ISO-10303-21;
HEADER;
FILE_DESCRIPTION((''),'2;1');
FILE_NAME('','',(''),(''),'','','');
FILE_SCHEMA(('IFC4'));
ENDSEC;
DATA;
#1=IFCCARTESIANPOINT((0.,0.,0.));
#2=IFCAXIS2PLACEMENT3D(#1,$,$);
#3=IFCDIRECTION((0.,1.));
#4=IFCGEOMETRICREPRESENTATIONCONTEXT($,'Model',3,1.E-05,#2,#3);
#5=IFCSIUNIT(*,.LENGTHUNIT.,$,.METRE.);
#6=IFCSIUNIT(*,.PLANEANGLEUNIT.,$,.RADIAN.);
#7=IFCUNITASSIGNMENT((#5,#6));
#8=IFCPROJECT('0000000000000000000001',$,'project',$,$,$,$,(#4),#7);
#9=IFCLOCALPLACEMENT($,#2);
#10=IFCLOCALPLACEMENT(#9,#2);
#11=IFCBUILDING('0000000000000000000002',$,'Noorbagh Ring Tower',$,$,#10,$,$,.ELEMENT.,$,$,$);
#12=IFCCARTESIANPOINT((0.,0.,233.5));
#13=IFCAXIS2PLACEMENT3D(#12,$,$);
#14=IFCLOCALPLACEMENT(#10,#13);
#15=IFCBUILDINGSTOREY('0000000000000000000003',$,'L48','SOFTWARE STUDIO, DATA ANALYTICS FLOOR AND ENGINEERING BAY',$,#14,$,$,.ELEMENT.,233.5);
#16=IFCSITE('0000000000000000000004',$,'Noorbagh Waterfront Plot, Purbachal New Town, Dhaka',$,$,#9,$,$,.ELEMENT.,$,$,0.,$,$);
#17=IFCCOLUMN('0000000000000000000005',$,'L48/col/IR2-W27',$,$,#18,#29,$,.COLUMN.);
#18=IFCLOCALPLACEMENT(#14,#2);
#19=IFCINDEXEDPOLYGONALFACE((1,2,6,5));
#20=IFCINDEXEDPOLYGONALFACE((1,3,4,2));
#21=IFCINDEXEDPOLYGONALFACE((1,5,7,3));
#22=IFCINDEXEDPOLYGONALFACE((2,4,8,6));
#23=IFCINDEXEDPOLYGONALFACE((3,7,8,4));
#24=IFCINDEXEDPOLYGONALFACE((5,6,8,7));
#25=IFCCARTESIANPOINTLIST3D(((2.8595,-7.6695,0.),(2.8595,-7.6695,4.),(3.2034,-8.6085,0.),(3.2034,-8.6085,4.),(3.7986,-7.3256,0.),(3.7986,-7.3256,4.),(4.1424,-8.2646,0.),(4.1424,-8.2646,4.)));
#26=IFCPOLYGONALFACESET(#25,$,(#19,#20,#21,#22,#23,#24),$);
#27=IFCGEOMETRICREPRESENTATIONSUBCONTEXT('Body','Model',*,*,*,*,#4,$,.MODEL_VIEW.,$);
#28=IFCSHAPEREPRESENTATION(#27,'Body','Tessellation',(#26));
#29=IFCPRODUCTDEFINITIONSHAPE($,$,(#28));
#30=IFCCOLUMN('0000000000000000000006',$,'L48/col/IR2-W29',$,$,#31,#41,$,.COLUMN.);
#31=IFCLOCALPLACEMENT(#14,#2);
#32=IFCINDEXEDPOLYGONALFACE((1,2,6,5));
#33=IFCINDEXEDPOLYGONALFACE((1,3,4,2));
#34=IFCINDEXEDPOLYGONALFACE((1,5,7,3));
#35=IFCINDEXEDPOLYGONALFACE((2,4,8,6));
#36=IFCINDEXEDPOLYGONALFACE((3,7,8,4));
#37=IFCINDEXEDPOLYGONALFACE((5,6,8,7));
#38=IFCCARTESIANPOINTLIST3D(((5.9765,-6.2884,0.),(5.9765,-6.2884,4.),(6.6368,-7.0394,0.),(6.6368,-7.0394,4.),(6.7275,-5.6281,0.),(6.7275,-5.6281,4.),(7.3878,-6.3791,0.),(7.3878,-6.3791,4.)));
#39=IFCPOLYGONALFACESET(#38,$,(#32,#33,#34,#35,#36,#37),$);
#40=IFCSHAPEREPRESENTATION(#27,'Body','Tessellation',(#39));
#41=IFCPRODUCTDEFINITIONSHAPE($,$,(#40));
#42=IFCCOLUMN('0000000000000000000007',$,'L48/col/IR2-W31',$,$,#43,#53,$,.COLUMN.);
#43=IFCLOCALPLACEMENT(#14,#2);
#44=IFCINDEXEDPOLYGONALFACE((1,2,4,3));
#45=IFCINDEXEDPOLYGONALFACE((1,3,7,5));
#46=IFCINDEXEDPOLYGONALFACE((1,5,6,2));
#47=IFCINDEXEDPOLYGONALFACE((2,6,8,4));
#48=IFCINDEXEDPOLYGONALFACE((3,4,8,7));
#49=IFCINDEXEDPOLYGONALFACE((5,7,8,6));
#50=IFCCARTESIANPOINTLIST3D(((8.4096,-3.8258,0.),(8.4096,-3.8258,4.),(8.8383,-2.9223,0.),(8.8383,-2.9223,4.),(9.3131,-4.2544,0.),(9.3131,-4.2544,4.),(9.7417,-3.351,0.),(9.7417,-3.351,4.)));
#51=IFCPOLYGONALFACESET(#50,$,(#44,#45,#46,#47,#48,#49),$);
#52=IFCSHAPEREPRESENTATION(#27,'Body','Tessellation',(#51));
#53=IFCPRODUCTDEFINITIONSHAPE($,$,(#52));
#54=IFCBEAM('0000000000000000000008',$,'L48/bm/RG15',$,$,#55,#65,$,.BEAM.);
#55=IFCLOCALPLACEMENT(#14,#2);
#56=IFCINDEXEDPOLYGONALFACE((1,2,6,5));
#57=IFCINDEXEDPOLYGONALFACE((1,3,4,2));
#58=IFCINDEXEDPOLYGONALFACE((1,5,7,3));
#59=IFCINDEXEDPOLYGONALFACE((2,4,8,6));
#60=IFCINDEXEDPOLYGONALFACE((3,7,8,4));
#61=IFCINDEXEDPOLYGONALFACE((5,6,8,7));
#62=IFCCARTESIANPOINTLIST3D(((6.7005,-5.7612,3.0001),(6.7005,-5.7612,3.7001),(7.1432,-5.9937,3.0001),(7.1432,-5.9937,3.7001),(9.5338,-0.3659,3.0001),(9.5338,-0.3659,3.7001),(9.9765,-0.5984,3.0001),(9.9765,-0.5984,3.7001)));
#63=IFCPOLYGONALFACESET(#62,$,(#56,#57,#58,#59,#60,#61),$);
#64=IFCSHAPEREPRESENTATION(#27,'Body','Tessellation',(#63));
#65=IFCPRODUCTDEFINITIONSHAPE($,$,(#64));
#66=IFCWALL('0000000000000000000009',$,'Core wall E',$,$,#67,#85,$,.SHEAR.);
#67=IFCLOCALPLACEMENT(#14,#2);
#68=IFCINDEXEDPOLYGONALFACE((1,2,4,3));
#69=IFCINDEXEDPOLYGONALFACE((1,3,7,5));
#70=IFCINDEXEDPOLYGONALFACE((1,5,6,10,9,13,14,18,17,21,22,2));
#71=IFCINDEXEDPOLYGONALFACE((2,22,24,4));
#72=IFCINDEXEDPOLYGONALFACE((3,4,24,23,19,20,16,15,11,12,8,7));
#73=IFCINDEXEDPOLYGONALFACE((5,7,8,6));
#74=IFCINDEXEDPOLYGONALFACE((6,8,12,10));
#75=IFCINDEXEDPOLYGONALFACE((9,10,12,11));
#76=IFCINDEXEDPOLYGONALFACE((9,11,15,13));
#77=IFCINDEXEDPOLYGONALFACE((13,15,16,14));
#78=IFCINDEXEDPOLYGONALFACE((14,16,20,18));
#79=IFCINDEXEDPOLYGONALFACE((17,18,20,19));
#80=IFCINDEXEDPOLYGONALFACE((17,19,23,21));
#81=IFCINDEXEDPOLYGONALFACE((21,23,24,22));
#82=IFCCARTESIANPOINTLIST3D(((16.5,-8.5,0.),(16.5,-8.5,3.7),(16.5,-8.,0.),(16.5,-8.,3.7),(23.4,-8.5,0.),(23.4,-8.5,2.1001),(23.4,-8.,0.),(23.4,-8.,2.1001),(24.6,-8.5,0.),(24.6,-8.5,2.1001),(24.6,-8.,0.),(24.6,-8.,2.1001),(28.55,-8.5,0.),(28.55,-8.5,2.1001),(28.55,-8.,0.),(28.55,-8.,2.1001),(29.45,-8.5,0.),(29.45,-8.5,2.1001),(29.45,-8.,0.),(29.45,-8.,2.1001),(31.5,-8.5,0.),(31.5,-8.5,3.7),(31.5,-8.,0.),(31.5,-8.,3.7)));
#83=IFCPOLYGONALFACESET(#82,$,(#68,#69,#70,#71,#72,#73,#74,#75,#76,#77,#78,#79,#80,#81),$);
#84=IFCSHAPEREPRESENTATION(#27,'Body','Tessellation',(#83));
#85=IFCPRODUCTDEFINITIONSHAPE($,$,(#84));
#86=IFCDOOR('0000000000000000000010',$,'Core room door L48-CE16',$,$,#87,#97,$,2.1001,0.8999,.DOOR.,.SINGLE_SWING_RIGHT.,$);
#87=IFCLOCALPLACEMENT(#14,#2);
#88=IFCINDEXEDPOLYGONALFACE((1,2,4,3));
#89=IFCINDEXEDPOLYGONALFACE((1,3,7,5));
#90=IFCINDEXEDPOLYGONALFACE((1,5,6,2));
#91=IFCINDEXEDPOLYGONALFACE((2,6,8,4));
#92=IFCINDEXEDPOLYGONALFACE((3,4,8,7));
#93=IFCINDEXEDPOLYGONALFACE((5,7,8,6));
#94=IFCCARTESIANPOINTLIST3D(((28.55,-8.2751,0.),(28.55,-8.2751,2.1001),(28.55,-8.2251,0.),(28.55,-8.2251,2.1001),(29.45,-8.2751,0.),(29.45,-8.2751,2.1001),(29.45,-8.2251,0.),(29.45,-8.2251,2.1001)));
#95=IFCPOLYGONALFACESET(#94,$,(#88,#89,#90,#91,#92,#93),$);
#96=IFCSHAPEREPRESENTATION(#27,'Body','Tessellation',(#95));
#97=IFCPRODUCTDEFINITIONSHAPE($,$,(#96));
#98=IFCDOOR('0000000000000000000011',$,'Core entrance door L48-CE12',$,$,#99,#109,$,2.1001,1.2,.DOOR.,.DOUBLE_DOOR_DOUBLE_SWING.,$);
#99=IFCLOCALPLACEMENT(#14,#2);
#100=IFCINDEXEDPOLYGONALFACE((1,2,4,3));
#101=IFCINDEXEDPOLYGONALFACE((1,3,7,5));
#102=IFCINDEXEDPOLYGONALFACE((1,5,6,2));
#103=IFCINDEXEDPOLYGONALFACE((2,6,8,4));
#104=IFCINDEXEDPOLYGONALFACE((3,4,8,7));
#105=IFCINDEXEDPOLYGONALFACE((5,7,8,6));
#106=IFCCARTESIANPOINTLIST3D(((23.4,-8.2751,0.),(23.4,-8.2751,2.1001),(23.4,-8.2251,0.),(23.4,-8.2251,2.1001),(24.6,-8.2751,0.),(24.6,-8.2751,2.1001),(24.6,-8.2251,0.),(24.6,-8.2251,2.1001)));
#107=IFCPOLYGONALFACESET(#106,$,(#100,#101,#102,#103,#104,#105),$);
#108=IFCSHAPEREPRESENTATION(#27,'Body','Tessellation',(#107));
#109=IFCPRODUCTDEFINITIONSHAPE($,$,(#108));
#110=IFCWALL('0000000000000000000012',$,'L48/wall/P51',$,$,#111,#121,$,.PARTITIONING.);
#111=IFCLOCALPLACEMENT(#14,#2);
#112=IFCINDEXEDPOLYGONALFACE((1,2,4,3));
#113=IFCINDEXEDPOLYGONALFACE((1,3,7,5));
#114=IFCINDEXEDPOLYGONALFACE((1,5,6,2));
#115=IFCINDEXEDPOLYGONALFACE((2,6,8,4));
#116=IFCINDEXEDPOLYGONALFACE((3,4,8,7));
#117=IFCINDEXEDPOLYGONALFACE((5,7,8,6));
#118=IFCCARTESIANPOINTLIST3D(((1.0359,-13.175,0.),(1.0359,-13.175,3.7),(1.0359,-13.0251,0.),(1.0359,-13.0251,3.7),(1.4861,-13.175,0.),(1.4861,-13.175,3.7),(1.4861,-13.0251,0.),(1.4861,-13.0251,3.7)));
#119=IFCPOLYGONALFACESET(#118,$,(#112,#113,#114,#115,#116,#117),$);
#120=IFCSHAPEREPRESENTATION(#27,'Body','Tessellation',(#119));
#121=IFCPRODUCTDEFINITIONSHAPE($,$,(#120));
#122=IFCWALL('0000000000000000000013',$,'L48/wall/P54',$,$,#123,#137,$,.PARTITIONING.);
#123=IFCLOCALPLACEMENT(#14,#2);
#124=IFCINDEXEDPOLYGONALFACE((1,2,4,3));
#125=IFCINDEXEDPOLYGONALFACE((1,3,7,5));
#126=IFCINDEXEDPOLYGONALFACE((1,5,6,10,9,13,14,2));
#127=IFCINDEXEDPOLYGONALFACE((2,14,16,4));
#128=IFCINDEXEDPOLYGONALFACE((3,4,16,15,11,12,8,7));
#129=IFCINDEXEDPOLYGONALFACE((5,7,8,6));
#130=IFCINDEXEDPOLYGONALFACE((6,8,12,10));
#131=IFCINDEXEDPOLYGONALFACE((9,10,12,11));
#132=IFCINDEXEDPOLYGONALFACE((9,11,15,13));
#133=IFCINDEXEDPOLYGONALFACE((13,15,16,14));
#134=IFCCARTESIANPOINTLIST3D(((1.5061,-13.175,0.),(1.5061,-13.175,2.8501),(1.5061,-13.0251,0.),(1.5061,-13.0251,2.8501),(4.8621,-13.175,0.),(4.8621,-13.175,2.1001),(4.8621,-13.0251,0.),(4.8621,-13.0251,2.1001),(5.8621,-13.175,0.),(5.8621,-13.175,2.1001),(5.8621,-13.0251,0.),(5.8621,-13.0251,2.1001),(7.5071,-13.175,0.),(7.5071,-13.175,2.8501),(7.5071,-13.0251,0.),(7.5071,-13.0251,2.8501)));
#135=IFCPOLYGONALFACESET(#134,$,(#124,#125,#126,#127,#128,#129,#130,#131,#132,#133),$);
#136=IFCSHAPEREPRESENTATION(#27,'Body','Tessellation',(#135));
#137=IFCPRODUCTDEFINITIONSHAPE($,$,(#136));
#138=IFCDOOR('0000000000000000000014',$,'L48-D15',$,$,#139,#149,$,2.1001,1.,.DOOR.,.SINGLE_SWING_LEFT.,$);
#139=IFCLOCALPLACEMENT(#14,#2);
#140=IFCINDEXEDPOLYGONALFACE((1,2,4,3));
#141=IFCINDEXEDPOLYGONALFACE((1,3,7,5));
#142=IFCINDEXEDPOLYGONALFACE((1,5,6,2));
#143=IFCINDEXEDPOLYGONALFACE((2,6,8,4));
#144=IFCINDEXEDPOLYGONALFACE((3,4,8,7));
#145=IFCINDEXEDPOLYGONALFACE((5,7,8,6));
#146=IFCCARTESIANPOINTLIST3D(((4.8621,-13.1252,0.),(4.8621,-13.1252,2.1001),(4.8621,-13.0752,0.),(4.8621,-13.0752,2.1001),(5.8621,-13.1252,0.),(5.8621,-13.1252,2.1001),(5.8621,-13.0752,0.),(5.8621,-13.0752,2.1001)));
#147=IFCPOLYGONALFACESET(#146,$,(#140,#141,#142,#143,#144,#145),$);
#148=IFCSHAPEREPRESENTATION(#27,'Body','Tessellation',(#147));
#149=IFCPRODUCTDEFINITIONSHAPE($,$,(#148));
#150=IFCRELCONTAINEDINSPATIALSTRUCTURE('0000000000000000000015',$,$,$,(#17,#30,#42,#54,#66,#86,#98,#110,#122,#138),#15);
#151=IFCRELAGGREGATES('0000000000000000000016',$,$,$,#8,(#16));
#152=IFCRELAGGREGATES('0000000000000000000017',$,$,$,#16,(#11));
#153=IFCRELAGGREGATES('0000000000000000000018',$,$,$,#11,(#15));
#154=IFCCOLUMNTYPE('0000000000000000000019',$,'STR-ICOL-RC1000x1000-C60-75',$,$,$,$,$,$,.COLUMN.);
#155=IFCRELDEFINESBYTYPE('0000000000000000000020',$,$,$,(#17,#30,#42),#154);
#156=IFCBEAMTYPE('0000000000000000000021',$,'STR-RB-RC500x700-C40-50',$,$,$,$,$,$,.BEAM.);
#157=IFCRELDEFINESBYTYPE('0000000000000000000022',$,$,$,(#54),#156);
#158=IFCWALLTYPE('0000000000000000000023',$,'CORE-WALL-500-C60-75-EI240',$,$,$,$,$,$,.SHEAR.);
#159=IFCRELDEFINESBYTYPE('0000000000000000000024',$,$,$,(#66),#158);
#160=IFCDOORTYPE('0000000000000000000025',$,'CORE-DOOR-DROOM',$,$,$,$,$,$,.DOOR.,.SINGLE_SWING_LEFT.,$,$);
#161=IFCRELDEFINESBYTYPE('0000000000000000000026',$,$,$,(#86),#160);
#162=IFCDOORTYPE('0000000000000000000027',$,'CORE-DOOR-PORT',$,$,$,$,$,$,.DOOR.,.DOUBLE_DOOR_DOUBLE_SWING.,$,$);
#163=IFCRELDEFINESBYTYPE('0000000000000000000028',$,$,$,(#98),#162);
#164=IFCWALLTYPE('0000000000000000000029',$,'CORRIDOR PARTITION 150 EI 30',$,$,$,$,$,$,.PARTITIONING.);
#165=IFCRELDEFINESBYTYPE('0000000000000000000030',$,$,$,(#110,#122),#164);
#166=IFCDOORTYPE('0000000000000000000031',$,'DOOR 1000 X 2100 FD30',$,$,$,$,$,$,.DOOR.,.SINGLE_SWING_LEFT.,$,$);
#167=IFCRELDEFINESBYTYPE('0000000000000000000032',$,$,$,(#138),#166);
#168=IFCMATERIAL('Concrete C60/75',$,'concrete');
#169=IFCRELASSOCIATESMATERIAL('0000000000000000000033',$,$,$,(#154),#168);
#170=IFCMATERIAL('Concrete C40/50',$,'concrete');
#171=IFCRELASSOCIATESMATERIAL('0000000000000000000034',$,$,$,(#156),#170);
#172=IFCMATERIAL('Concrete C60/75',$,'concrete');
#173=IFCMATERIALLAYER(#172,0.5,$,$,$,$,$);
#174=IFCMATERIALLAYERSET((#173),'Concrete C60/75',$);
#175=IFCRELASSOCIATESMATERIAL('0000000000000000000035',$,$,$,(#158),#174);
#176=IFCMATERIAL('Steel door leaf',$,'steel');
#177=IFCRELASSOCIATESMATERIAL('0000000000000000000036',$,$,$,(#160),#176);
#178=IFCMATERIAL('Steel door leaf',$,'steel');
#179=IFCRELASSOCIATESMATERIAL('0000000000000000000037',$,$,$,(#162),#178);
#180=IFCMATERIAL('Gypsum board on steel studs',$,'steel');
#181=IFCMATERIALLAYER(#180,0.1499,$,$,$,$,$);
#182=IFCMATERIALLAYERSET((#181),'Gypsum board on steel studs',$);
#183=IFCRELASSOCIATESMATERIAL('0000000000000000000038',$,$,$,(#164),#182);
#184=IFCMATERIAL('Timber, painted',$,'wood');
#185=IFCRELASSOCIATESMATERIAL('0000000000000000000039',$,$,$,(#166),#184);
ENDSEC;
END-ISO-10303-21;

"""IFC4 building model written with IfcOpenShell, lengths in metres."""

from ifc_helpers import new_model, si_unit, direction, frame, frame_2d, origin, origin_2d, place, context, subcontext, project, spatial, rectangle, extrude, material, layer, layer_set, material_profile, profile_set, type_object, element, fill, save


model = new_model("IFC4")

# Units and contexts
model_context = context("Model", 3, precision=1e-05, world=origin(), true_north=direction((0.0, 1.0)))
body_context = subcontext(model_context, "Body", "Model", "MODEL_VIEW")
ifc_project = project(units=[si_unit("LENGTHUNIT", "METRE"), si_unit("PLANEANGLEUNIT", "RADIAN")], contexts=[model_context])

# Site, building, storey
site_placement = place(None, origin())
site = spatial("IfcSite", under=ifc_project, at=site_placement, Name="Noorbagh Waterfront Plot, Purbachal New Town, Dhaka", CompositionType="ELEMENT", RefElevation=0.0)
building_placement = place(site_placement, origin())
building = spatial("IfcBuilding", under=site, at=building_placement, Name="Noorbagh Ring Tower", CompositionType="ELEMENT")
storey_placement = place(building_placement, frame((0.0, 0.0, 233.5)))
storey = spatial("IfcBuildingStorey", under=building, at=storey_placement, Name="L48", Description="SOFTWARE STUDIO, DATA ANALYTICS FLOOR AND ENGINEERING BAY", CompositionType="ELEMENT", Elevation=233.5)

# Columns
ifc_material_1 = material(Name="Concrete C60/75", Category="concrete")
ifc_material_profile_1 = material_profile(ifc_material_1, rectangle(XDim=1.0, YDim=1.0, at=origin_2d()), Name="RC1000x1000")
ifc_profile_set_1 = profile_set([ifc_material_profile_1], Name="Concrete C60/75")
column_type = type_object("IfcColumnType", Name="STR-ICOL-RC1000x1000-C60-75", PredefinedType="COLUMN", material=ifc_profile_set_1)
for number, where, z_axis, x_axis, name in (
    (1, (3.501, -7.967, 0.0), (0.0, 0.0, 1.0), (0.93902, 0.343864, 0.0), "L48/col/IR2-W27"),
    (2, (6.6821, -6.3337, 0.0), (0.0, 0.0, 1.0), (0.751022, 0.660277, 0.0), "L48/col/IR2-W29"),
    (3, (9.0757, -3.5884, 0.0), (0.0, 0.0, 1.0), (0.428667, 0.903463, 0.0), "L48/col/IR2-W31"),
):
    element("IfcColumn", number, at=place(storey_placement, frame(where, z_axis=z_axis, x_axis=x_axis)), inside=storey, type_object=column_type, Name=name, PredefinedType="COLUMN", context=body_context, shape_type="SweptSolid", body=[
        extrude(rectangle(XDim=1.0, YDim=1.0, at=origin_2d()), origin(), (0.0, 0.0, 1.0), 4.0),
    ])

# Beam
ifc_material_2 = material(Name="Concrete C40/50", Category="concrete")
ifc_material_profile_2 = material_profile(ifc_material_2, rectangle(XDim=0.5, YDim=0.7, at=origin_2d()), Name="RC500x700")
ifc_profile_set_2 = profile_set([ifc_material_profile_2], Name="Concrete C40/50")
beam_type = type_object("IfcBeamType", Name="STR-RB-RC500x700-C40-50", PredefinedType="BEAM", material=ifc_profile_set_2)
beam_placement = place(storey_placement, frame((6.9219, -5.8774, 3.3501), z_axis=(0.464929, 0.885348, 0.0), x_axis=(-0.885348, 0.464929, 0.0)))
element("IfcBeam", 4, at=beam_placement, inside=storey, type_object=beam_type, Name="L48/bm/RG15", PredefinedType="BEAM", context=body_context, shape_type="SweptSolid", body=[
    extrude(rectangle(XDim=0.5, YDim=0.7, at=origin_2d()), origin(), (0.0, 0.0, 1.0), 6.094),
])

# Wall, openings, doors
ifc_material_3 = material(Name="Concrete C60/75", Category="concrete")
ifc_layer_1 = layer(ifc_material_3, 0.5)
ifc_layer_set_1 = layer_set([ifc_layer_1], Name="Concrete C60/75")
wall_type_1 = type_object("IfcWallType", Name="CORE-WALL-500-C60-75-EI240", PredefinedType="SHEAR", material=ifc_layer_set_1)
wall_1_placement = place(storey_placement, frame((16.5, -8.25, 0.0), z_axis=(0.0, 0.0, 1.0), x_axis=(1.0, 0.0, 0.0)))
wall_1 = element("IfcWall", 5, at=wall_1_placement, inside=storey, type_object=wall_type_1, Name="Core wall E", PredefinedType="SHEAR", context=body_context, shape_type="SweptSolid", body=[
    extrude(rectangle(XDim=15.0, YDim=0.5, at=frame_2d((7.5, 0.0))), origin(), (0.0, 0.0, 1.0), 3.7),
])
opening_1_placement = place(wall_1_placement, frame((6.8999, 0.0, 0.0)))
opening_1 = element("IfcOpeningElement", 6, at=opening_1_placement, cuts=wall_1, PredefinedType="OPENING", context=body_context, shape_type="SweptSolid", body=[
    extrude(rectangle(XDim=1.2, YDim=2.1001, at=frame_2d((0.6001, 1.05))), frame((0.0, 0.26, 0.0), z_axis=(0.0, -1.0, 0.0), x_axis=(1.0, 0.0, 0.0)), (0.0, 0.0, 1.0), 0.52),
])
opening_2_placement = place(wall_1_placement, frame((12.05, 0.0, 0.0)))
opening_2 = element("IfcOpeningElement", 7, at=opening_2_placement, cuts=wall_1, PredefinedType="OPENING", context=body_context, shape_type="SweptSolid", body=[
    extrude(rectangle(XDim=0.8999, YDim=2.1001, at=frame_2d((0.45, 1.05))), frame((0.0, 0.26, 0.0), z_axis=(0.0, -1.0, 0.0), x_axis=(1.0, 0.0, 0.0)), (0.0, 0.0, 1.0), 0.52),
])
ifc_material_4 = material(Name="Steel door leaf", Category="steel")
door_type_1 = type_object("IfcDoorType", Name="CORE-DOOR-DROOM", OperationType="SINGLE_SWING_LEFT", PredefinedType="DOOR", material=ifc_material_4)
door_1_placement = place(opening_2_placement, origin())
door_1 = element("IfcDoor", 8, at=door_1_placement, inside=storey, type_object=door_type_1, Name="Core room door L48-CE16", OperationType="SINGLE_SWING_RIGHT", OverallHeight=2.1001, OverallWidth=0.8999, PredefinedType="DOOR", context=body_context, shape_type="SweptSolid", body=[
    extrude(rectangle(XDim=0.8999, YDim=2.1001, at=frame_2d((0.45, 1.05))), frame((0.0, 0.0249, 0.0), z_axis=(0.0, -1.0, 0.0), x_axis=(1.0, 0.0, 0.0)), (0.0, 0.0, 1.0), 0.05),
])
fill(opening_2, door_1)
ifc_material_5 = material(Name="Steel door leaf", Category="steel")
door_type_2 = type_object("IfcDoorType", Name="CORE-DOOR-PORT", OperationType="DOUBLE_DOOR_DOUBLE_SWING", PredefinedType="DOOR", material=ifc_material_5)
door_2_placement = place(opening_1_placement, origin())
door_2 = element("IfcDoor", 9, at=door_2_placement, inside=storey, type_object=door_type_2, Name="Core entrance door L48-CE12", OperationType="DOUBLE_DOOR_DOUBLE_SWING", OverallHeight=2.1001, OverallWidth=1.2, PredefinedType="DOOR", context=body_context, shape_type="SweptSolid", body=[
    extrude(rectangle(XDim=1.2, YDim=2.1001, at=frame_2d((0.6001, 1.05))), frame((0.0, 0.0249, 0.0), z_axis=(0.0, -1.0, 0.0), x_axis=(1.0, 0.0, 0.0)), (0.0, 0.0, 1.0), 0.05),
])
fill(opening_1, door_2)

# Wall
ifc_material_6 = material(Name="Gypsum board on steel studs", Category="steel")
ifc_layer_2 = layer(ifc_material_6, 0.1499)
ifc_layer_set_2 = layer_set([ifc_layer_2], Name="Gypsum board on steel studs")
wall_type_2 = type_object("IfcWallType", Name="CORRIDOR PARTITION 150 EI 30", PredefinedType="PARTITIONING", material=ifc_layer_set_2)
wall_2_placement = place(storey_placement, frame((1.0359, -13.1001, 0.0), z_axis=(0.0, 0.0, 1.0), x_axis=(1.0, 0.0, 0.0)))
element("IfcWall", 10, at=wall_2_placement, inside=storey, type_object=wall_type_2, Name="L48/wall/P51", PredefinedType="PARTITIONING", context=body_context, shape_type="SweptSolid", body=[
    extrude(rectangle(XDim=0.4502, YDim=0.1499, at=frame_2d((0.2251, 0.0))), origin(), (0.0, 0.0, 1.0), 3.7),
])

# Wall, opening, door
wall_3_placement = place(storey_placement, frame((1.5061, -13.1001, 0.0), z_axis=(0.0, 0.0, 1.0), x_axis=(1.0, 0.0, 0.0)))
wall_3 = element("IfcWall", 11, at=wall_3_placement, inside=storey, type_object=wall_type_2, Name="L48/wall/P54", PredefinedType="PARTITIONING", context=body_context, shape_type="SweptSolid", body=[
    extrude(rectangle(XDim=6.001, YDim=0.1499, at=frame_2d((3.0005, 0.0))), origin(), (0.0, 0.0, 1.0), 2.8501),
])
opening_3_placement = place(wall_3_placement, frame((3.356, 0.0, 0.0)))
opening_3 = element("IfcOpeningElement", 12, at=opening_3_placement, cuts=wall_3, PredefinedType="OPENING", context=body_context, shape_type="SweptSolid", body=[
    extrude(rectangle(XDim=1.0, YDim=2.1001, at=frame_2d((0.5, 1.05))), frame((0.0, 0.085, 0.0), z_axis=(0.0, -1.0, 0.0), x_axis=(1.0, 0.0, 0.0)), (0.0, 0.0, 1.0), 0.1699),
])
ifc_material_7 = material(Name="Timber, painted", Category="wood")
door_type_3 = type_object("IfcDoorType", Name="DOOR 1000 X 2100 FD30", OperationType="SINGLE_SWING_LEFT", PredefinedType="DOOR", material=ifc_material_7)
door_3_placement = place(opening_3_placement, origin())
door_3 = element("IfcDoor", 13, at=door_3_placement, inside=storey, type_object=door_type_3, Name="L48-D15", OperationType="SINGLE_SWING_LEFT", OverallHeight=2.1001, OverallWidth=1.0, PredefinedType="DOOR", context=body_context, shape_type="SweptSolid", body=[
    extrude(rectangle(XDim=1.0, YDim=2.1001, at=frame_2d((0.5, 1.05))), frame((0.0, 0.0249, 0.0), z_axis=(0.0, -1.0, 0.0), x_axis=(1.0, 0.0, 0.0)), (0.0, 0.0, 1.0), 0.05),
])
fill(opening_3, door_3)

save(model, "model.ifc")
